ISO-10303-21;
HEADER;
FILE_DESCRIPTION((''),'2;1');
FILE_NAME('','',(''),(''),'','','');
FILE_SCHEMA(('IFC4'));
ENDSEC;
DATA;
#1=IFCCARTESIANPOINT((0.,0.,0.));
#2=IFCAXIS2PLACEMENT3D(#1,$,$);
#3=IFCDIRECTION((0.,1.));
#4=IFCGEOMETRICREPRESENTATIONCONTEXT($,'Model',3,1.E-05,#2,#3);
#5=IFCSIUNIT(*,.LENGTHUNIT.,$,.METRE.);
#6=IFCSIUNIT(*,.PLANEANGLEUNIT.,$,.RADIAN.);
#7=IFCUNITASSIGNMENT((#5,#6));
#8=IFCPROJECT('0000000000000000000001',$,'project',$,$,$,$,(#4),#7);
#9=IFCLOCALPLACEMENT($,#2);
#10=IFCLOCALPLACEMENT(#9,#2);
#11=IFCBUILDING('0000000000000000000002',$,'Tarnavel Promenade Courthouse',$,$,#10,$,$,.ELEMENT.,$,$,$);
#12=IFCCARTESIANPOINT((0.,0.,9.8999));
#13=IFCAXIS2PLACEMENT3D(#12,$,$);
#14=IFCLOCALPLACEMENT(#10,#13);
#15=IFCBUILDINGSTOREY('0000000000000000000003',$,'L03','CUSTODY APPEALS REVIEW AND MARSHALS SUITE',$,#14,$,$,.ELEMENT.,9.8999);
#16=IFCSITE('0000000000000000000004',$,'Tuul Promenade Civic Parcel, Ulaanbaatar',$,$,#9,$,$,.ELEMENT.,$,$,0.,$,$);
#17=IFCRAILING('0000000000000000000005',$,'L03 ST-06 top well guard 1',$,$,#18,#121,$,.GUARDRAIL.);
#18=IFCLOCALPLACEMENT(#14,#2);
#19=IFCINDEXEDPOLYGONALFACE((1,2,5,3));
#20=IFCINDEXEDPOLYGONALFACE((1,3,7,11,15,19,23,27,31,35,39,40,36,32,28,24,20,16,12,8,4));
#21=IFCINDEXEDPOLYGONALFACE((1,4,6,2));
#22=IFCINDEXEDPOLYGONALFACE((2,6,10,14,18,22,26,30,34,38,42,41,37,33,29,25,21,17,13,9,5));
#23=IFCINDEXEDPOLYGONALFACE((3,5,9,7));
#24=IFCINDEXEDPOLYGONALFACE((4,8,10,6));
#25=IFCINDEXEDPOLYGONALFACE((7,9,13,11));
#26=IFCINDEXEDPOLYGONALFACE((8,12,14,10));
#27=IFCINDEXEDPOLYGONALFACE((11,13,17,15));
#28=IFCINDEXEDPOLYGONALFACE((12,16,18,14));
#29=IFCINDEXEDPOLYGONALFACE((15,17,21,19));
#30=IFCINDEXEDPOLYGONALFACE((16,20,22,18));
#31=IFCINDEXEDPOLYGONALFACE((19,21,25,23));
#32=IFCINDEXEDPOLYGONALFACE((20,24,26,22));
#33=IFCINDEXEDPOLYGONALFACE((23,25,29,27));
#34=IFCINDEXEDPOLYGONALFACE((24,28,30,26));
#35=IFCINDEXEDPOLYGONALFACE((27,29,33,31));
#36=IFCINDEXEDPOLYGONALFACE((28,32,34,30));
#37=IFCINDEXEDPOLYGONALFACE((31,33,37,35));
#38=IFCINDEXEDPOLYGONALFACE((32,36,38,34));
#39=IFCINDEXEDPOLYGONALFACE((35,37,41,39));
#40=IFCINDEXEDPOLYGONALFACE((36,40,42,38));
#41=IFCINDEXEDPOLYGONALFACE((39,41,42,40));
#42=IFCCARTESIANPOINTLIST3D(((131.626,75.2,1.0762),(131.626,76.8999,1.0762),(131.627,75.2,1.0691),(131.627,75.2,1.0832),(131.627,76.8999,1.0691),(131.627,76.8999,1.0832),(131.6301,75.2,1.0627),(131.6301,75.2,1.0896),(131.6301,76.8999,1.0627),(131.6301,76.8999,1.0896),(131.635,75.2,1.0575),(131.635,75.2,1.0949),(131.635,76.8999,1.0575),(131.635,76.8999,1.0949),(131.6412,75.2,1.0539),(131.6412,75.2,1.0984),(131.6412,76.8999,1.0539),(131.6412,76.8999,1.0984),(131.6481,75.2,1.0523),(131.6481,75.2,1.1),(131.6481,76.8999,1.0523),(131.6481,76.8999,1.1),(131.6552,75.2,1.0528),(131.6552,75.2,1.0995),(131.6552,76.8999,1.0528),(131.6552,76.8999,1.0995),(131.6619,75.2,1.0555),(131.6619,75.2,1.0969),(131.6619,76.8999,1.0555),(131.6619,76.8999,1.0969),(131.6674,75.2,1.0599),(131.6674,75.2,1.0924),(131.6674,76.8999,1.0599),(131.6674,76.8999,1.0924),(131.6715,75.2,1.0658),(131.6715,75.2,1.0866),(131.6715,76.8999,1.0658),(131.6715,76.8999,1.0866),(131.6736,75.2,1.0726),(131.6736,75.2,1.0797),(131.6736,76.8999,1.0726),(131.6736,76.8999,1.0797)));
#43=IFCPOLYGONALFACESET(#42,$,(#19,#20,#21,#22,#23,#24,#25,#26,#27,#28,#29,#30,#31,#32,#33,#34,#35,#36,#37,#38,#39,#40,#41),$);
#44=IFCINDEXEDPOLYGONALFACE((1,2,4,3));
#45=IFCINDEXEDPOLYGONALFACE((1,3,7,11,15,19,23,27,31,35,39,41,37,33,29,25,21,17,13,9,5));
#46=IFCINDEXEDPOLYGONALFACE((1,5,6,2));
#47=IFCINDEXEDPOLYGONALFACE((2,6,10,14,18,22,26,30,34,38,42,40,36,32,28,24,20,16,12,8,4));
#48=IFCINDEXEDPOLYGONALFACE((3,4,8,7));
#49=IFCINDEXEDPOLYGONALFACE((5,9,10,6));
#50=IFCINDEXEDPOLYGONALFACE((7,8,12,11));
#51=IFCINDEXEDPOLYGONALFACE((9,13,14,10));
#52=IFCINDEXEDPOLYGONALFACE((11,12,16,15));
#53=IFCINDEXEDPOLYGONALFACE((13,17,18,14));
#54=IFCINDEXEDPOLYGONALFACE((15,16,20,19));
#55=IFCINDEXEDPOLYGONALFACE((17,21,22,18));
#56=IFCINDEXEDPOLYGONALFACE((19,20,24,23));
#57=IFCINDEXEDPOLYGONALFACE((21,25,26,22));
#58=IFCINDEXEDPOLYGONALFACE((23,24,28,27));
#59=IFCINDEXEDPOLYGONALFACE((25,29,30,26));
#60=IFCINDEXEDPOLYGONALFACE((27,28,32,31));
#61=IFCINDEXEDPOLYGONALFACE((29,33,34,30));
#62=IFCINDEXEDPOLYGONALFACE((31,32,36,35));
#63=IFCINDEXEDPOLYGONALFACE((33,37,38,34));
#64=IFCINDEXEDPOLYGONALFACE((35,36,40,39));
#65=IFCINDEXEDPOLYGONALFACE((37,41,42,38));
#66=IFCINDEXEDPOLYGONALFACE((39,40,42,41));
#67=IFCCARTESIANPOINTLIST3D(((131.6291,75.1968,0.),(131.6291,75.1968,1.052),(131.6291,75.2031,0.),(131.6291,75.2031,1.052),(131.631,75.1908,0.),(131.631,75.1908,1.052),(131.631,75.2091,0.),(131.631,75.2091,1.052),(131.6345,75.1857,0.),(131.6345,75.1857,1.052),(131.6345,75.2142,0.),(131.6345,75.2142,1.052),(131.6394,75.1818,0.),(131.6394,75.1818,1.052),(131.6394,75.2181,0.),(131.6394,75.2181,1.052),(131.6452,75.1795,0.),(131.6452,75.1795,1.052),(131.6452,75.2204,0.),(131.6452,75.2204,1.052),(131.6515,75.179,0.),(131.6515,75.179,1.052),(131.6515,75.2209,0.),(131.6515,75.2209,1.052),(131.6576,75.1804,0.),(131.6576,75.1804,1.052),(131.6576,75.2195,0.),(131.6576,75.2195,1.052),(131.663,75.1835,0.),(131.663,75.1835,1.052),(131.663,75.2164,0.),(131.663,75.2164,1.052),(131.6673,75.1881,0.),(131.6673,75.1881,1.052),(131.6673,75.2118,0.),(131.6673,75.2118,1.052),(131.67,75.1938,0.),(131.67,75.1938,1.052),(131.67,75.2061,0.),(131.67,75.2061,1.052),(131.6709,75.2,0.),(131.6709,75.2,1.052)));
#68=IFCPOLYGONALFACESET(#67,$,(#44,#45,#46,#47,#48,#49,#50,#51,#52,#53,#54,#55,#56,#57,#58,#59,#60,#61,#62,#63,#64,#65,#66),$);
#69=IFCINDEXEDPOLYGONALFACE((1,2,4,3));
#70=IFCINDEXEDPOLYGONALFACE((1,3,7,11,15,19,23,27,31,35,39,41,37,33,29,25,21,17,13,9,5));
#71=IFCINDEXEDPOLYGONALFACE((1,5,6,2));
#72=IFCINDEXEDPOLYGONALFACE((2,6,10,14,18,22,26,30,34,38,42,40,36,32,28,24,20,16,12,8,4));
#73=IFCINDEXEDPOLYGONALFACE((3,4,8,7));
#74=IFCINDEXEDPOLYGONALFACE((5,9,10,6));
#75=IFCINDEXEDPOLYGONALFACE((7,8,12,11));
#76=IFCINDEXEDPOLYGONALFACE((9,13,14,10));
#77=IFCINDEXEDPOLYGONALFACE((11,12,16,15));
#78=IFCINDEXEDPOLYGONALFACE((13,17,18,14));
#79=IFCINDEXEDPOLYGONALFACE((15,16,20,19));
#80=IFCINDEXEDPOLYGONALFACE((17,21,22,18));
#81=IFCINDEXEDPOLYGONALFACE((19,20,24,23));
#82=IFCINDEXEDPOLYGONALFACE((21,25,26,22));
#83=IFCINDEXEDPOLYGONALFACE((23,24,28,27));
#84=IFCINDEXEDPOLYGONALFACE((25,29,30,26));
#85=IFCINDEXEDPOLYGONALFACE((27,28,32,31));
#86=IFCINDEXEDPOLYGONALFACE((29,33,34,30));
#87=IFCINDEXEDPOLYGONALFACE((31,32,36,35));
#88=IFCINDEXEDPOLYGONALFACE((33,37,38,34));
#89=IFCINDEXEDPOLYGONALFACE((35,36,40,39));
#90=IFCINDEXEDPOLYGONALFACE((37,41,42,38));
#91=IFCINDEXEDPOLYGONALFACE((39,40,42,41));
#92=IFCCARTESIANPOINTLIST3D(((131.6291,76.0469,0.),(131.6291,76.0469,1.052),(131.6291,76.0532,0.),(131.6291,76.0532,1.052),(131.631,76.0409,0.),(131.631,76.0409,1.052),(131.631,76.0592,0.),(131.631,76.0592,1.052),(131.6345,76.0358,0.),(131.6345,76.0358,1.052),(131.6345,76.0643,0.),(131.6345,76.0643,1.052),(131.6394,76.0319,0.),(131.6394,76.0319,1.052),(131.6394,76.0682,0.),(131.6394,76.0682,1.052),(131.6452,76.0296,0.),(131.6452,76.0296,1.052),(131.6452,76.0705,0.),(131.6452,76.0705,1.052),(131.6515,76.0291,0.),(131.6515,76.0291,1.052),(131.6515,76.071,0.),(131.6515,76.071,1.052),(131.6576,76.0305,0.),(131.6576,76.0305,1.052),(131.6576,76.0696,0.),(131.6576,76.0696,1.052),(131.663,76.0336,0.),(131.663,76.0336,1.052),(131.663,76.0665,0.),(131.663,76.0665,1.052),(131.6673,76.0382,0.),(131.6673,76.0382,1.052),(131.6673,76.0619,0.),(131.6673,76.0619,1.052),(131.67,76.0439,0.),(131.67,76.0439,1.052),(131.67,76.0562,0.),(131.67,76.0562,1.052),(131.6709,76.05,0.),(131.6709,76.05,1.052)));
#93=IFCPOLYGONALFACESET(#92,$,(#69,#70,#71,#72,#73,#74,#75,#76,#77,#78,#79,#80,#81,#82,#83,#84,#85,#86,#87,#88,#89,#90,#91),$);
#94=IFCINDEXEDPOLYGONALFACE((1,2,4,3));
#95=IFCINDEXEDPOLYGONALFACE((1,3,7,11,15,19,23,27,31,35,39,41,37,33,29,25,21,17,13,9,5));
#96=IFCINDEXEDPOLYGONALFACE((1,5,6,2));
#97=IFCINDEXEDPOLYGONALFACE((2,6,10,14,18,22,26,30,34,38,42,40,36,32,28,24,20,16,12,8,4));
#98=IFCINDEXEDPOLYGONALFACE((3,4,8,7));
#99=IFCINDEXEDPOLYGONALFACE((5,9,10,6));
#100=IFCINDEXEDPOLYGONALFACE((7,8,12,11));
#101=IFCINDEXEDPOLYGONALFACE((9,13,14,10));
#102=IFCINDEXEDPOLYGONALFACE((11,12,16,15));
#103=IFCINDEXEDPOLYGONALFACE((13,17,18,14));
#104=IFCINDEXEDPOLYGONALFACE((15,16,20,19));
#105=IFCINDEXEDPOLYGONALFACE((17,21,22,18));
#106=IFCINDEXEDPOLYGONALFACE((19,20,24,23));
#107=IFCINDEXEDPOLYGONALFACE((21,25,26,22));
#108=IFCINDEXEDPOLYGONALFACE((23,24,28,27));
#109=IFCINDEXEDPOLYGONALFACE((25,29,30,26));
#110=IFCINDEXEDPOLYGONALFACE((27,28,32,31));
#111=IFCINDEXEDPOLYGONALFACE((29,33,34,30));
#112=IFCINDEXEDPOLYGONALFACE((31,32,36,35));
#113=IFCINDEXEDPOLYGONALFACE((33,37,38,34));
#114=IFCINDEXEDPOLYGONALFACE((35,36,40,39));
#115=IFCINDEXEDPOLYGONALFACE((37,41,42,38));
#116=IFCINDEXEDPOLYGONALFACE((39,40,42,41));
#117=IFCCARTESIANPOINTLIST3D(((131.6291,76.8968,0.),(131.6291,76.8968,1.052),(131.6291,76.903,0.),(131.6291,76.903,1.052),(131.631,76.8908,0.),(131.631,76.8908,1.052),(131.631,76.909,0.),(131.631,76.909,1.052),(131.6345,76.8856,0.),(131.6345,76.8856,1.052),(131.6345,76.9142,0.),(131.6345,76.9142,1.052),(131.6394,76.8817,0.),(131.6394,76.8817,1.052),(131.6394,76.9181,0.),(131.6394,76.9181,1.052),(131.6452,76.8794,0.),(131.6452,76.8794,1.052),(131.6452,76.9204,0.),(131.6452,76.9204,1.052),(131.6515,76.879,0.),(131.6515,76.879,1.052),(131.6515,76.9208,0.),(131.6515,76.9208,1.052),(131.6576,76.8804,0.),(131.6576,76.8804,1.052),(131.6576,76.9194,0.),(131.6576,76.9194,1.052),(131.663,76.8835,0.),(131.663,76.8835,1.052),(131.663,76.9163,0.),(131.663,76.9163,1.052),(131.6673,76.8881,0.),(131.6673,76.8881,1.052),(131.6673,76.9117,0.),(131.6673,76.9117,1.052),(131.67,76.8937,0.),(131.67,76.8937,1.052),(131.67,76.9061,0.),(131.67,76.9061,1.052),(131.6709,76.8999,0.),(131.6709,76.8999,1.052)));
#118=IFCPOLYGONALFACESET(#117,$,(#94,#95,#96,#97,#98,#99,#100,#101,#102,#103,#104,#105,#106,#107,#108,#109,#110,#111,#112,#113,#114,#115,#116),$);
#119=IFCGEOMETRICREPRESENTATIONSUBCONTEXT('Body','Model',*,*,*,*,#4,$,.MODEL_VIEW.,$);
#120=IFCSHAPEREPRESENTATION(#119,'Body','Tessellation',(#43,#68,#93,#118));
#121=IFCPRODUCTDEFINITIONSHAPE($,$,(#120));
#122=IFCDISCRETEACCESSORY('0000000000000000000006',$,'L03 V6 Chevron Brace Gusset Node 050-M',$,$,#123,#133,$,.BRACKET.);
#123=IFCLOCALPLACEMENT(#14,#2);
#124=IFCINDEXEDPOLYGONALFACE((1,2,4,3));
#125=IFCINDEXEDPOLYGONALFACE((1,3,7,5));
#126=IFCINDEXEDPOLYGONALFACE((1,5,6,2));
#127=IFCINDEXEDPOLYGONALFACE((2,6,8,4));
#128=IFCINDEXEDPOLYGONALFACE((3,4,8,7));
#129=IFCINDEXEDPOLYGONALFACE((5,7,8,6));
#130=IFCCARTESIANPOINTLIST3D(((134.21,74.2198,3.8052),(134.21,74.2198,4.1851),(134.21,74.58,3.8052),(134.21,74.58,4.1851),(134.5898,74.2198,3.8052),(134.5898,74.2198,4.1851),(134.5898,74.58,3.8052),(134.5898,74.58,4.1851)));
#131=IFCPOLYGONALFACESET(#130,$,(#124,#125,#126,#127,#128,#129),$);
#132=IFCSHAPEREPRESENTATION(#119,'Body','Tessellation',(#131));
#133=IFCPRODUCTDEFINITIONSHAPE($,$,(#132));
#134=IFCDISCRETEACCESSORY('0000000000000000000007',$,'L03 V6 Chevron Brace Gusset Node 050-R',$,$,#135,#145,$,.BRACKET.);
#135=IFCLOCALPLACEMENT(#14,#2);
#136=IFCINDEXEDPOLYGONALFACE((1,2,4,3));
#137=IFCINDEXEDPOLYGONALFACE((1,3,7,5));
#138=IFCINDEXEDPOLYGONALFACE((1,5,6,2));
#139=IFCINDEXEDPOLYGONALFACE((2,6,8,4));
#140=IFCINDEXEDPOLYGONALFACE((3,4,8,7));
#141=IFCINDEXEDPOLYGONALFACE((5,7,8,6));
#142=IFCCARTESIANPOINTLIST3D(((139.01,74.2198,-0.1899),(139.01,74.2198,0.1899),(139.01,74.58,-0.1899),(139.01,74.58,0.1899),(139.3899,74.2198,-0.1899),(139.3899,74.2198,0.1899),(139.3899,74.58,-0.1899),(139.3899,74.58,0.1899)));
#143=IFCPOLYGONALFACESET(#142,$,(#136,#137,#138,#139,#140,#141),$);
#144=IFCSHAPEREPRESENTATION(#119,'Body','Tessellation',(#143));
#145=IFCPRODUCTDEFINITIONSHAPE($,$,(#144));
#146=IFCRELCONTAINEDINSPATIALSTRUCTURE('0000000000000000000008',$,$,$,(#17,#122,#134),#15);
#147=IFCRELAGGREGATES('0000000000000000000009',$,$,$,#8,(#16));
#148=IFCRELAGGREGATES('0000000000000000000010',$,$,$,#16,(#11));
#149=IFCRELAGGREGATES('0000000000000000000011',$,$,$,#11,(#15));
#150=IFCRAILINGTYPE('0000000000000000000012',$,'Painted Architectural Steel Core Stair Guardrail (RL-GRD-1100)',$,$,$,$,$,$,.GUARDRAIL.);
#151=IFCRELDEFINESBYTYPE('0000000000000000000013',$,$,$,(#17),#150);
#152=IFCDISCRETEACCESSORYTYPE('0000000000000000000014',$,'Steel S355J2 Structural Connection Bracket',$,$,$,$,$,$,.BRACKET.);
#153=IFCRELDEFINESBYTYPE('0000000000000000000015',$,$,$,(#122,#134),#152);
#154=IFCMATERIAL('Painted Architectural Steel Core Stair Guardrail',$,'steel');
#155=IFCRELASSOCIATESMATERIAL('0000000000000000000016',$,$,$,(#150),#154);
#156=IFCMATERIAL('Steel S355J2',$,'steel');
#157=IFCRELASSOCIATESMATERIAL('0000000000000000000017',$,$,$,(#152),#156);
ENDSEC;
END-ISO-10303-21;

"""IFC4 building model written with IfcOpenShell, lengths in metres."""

from ifc_helpers import new_model, si_unit, direction, frame, origin, origin_2d, place, context, subcontext, project, spatial, rectangle, circle, extrude, material, type_object, element, save


model = new_model("IFC4")

# Units and contexts
model_context = context("Model", 3, precision=1e-05, world=origin(), true_north=direction((0.0, 1.0)))
body_context = subcontext(model_context, "Body", "Model", "MODEL_VIEW")
ifc_project = project(units=[si_unit("LENGTHUNIT", "METRE"), si_unit("PLANEANGLEUNIT", "RADIAN")], contexts=[model_context])

# Site, building, storey
site_placement = place(None, origin())
site = spatial("IfcSite", under=ifc_project, at=site_placement, Name="Tuul Promenade Civic Parcel, Ulaanbaatar", CompositionType="ELEMENT", RefElevation=0.0)
building_placement = place(site_placement, origin())
building = spatial("IfcBuilding", under=site, at=building_placement, Name="Tarnavel Promenade Courthouse", CompositionType="ELEMENT")
storey_placement = place(building_placement, frame((0.0, 0.0, 9.8999)))
storey = spatial("IfcBuildingStorey", under=building, at=storey_placement, Name="L03", Description="CUSTODY APPEALS REVIEW AND MARSHALS SUITE", CompositionType="ELEMENT", Elevation=9.8999)

# Shared definitions
ifc_material_1 = material(Name="Steel S355J2", Category="steel")

# Railing
ifc_material_2 = material(Name="Painted Architectural Steel Core Stair Guardrail", Category="steel")
railing_type = type_object("IfcRailingType", Name="Painted Architectural Steel Core Stair Guardrail (RL-GRD-1100)", PredefinedType="GUARDRAIL", material=ifc_material_2)
railing_placement = place(storey_placement, frame((131.6499, 75.2, 0.0)))
element("IfcRailing", 1, at=railing_placement, inside=storey, type_object=railing_type, Name="L03 ST-06 top well guard 1", PredefinedType="GUARDRAIL", context=body_context, shape_type="SweptSolid", body=[
    extrude(circle(Radius=0.0239, at=origin_2d()), frame((0.0, 0.0, 1.0762), z_axis=(0.0, 1.0, 0.0), x_axis=(-1.0, 0.0, 0.0)), (0.0, 0.0, 1.0), 1.7),
    extrude(circle(Radius=0.021, at=origin_2d()), origin(), (0.0, 0.0, 1.0), 1.052),
    extrude(circle(Radius=0.021, at=origin_2d()), frame((0.0, 0.8501, 0.0)), (0.0, 0.0, 1.0), 1.052),
    extrude(circle(Radius=0.021, at=origin_2d()), frame((0.0, 1.7, 0.0)), (0.0, 0.0, 1.0), 1.052),
])

# Discrete accessories
discrete_accessory_type = type_object("IfcDiscreteAccessoryType", Name="Steel S355J2 Structural Connection Bracket", PredefinedType="BRACKET", material=ifc_material_1)
for number, where, z_axis, x_axis, name in (
    (2, (134.3999, 74.3999, 3.8052), (0.0, 0.0, 1.0), (1.0, 0.0, 0.0), "L03 V6 Chevron Brace Gusset Node 050-M"),
    (3, (139.2, 74.3999, -0.1899), (0.0, 0.0, 1.0), (1.0, 0.0, 0.0), "L03 V6 Chevron Brace Gusset Node 050-R"),
):
    element("IfcDiscreteAccessory", number, at=place(storey_placement, frame(where, z_axis=z_axis, x_axis=x_axis)), inside=storey, type_object=discrete_accessory_type, Name=name, PredefinedType="BRACKET", context=body_context, shape_type="SweptSolid", body=[
        extrude(rectangle(XDim=0.3799, YDim=0.3601, at=origin_2d()), origin(), (0.0, 0.0, 1.0), 0.3799),
    ])

save(model, "model.ifc")
